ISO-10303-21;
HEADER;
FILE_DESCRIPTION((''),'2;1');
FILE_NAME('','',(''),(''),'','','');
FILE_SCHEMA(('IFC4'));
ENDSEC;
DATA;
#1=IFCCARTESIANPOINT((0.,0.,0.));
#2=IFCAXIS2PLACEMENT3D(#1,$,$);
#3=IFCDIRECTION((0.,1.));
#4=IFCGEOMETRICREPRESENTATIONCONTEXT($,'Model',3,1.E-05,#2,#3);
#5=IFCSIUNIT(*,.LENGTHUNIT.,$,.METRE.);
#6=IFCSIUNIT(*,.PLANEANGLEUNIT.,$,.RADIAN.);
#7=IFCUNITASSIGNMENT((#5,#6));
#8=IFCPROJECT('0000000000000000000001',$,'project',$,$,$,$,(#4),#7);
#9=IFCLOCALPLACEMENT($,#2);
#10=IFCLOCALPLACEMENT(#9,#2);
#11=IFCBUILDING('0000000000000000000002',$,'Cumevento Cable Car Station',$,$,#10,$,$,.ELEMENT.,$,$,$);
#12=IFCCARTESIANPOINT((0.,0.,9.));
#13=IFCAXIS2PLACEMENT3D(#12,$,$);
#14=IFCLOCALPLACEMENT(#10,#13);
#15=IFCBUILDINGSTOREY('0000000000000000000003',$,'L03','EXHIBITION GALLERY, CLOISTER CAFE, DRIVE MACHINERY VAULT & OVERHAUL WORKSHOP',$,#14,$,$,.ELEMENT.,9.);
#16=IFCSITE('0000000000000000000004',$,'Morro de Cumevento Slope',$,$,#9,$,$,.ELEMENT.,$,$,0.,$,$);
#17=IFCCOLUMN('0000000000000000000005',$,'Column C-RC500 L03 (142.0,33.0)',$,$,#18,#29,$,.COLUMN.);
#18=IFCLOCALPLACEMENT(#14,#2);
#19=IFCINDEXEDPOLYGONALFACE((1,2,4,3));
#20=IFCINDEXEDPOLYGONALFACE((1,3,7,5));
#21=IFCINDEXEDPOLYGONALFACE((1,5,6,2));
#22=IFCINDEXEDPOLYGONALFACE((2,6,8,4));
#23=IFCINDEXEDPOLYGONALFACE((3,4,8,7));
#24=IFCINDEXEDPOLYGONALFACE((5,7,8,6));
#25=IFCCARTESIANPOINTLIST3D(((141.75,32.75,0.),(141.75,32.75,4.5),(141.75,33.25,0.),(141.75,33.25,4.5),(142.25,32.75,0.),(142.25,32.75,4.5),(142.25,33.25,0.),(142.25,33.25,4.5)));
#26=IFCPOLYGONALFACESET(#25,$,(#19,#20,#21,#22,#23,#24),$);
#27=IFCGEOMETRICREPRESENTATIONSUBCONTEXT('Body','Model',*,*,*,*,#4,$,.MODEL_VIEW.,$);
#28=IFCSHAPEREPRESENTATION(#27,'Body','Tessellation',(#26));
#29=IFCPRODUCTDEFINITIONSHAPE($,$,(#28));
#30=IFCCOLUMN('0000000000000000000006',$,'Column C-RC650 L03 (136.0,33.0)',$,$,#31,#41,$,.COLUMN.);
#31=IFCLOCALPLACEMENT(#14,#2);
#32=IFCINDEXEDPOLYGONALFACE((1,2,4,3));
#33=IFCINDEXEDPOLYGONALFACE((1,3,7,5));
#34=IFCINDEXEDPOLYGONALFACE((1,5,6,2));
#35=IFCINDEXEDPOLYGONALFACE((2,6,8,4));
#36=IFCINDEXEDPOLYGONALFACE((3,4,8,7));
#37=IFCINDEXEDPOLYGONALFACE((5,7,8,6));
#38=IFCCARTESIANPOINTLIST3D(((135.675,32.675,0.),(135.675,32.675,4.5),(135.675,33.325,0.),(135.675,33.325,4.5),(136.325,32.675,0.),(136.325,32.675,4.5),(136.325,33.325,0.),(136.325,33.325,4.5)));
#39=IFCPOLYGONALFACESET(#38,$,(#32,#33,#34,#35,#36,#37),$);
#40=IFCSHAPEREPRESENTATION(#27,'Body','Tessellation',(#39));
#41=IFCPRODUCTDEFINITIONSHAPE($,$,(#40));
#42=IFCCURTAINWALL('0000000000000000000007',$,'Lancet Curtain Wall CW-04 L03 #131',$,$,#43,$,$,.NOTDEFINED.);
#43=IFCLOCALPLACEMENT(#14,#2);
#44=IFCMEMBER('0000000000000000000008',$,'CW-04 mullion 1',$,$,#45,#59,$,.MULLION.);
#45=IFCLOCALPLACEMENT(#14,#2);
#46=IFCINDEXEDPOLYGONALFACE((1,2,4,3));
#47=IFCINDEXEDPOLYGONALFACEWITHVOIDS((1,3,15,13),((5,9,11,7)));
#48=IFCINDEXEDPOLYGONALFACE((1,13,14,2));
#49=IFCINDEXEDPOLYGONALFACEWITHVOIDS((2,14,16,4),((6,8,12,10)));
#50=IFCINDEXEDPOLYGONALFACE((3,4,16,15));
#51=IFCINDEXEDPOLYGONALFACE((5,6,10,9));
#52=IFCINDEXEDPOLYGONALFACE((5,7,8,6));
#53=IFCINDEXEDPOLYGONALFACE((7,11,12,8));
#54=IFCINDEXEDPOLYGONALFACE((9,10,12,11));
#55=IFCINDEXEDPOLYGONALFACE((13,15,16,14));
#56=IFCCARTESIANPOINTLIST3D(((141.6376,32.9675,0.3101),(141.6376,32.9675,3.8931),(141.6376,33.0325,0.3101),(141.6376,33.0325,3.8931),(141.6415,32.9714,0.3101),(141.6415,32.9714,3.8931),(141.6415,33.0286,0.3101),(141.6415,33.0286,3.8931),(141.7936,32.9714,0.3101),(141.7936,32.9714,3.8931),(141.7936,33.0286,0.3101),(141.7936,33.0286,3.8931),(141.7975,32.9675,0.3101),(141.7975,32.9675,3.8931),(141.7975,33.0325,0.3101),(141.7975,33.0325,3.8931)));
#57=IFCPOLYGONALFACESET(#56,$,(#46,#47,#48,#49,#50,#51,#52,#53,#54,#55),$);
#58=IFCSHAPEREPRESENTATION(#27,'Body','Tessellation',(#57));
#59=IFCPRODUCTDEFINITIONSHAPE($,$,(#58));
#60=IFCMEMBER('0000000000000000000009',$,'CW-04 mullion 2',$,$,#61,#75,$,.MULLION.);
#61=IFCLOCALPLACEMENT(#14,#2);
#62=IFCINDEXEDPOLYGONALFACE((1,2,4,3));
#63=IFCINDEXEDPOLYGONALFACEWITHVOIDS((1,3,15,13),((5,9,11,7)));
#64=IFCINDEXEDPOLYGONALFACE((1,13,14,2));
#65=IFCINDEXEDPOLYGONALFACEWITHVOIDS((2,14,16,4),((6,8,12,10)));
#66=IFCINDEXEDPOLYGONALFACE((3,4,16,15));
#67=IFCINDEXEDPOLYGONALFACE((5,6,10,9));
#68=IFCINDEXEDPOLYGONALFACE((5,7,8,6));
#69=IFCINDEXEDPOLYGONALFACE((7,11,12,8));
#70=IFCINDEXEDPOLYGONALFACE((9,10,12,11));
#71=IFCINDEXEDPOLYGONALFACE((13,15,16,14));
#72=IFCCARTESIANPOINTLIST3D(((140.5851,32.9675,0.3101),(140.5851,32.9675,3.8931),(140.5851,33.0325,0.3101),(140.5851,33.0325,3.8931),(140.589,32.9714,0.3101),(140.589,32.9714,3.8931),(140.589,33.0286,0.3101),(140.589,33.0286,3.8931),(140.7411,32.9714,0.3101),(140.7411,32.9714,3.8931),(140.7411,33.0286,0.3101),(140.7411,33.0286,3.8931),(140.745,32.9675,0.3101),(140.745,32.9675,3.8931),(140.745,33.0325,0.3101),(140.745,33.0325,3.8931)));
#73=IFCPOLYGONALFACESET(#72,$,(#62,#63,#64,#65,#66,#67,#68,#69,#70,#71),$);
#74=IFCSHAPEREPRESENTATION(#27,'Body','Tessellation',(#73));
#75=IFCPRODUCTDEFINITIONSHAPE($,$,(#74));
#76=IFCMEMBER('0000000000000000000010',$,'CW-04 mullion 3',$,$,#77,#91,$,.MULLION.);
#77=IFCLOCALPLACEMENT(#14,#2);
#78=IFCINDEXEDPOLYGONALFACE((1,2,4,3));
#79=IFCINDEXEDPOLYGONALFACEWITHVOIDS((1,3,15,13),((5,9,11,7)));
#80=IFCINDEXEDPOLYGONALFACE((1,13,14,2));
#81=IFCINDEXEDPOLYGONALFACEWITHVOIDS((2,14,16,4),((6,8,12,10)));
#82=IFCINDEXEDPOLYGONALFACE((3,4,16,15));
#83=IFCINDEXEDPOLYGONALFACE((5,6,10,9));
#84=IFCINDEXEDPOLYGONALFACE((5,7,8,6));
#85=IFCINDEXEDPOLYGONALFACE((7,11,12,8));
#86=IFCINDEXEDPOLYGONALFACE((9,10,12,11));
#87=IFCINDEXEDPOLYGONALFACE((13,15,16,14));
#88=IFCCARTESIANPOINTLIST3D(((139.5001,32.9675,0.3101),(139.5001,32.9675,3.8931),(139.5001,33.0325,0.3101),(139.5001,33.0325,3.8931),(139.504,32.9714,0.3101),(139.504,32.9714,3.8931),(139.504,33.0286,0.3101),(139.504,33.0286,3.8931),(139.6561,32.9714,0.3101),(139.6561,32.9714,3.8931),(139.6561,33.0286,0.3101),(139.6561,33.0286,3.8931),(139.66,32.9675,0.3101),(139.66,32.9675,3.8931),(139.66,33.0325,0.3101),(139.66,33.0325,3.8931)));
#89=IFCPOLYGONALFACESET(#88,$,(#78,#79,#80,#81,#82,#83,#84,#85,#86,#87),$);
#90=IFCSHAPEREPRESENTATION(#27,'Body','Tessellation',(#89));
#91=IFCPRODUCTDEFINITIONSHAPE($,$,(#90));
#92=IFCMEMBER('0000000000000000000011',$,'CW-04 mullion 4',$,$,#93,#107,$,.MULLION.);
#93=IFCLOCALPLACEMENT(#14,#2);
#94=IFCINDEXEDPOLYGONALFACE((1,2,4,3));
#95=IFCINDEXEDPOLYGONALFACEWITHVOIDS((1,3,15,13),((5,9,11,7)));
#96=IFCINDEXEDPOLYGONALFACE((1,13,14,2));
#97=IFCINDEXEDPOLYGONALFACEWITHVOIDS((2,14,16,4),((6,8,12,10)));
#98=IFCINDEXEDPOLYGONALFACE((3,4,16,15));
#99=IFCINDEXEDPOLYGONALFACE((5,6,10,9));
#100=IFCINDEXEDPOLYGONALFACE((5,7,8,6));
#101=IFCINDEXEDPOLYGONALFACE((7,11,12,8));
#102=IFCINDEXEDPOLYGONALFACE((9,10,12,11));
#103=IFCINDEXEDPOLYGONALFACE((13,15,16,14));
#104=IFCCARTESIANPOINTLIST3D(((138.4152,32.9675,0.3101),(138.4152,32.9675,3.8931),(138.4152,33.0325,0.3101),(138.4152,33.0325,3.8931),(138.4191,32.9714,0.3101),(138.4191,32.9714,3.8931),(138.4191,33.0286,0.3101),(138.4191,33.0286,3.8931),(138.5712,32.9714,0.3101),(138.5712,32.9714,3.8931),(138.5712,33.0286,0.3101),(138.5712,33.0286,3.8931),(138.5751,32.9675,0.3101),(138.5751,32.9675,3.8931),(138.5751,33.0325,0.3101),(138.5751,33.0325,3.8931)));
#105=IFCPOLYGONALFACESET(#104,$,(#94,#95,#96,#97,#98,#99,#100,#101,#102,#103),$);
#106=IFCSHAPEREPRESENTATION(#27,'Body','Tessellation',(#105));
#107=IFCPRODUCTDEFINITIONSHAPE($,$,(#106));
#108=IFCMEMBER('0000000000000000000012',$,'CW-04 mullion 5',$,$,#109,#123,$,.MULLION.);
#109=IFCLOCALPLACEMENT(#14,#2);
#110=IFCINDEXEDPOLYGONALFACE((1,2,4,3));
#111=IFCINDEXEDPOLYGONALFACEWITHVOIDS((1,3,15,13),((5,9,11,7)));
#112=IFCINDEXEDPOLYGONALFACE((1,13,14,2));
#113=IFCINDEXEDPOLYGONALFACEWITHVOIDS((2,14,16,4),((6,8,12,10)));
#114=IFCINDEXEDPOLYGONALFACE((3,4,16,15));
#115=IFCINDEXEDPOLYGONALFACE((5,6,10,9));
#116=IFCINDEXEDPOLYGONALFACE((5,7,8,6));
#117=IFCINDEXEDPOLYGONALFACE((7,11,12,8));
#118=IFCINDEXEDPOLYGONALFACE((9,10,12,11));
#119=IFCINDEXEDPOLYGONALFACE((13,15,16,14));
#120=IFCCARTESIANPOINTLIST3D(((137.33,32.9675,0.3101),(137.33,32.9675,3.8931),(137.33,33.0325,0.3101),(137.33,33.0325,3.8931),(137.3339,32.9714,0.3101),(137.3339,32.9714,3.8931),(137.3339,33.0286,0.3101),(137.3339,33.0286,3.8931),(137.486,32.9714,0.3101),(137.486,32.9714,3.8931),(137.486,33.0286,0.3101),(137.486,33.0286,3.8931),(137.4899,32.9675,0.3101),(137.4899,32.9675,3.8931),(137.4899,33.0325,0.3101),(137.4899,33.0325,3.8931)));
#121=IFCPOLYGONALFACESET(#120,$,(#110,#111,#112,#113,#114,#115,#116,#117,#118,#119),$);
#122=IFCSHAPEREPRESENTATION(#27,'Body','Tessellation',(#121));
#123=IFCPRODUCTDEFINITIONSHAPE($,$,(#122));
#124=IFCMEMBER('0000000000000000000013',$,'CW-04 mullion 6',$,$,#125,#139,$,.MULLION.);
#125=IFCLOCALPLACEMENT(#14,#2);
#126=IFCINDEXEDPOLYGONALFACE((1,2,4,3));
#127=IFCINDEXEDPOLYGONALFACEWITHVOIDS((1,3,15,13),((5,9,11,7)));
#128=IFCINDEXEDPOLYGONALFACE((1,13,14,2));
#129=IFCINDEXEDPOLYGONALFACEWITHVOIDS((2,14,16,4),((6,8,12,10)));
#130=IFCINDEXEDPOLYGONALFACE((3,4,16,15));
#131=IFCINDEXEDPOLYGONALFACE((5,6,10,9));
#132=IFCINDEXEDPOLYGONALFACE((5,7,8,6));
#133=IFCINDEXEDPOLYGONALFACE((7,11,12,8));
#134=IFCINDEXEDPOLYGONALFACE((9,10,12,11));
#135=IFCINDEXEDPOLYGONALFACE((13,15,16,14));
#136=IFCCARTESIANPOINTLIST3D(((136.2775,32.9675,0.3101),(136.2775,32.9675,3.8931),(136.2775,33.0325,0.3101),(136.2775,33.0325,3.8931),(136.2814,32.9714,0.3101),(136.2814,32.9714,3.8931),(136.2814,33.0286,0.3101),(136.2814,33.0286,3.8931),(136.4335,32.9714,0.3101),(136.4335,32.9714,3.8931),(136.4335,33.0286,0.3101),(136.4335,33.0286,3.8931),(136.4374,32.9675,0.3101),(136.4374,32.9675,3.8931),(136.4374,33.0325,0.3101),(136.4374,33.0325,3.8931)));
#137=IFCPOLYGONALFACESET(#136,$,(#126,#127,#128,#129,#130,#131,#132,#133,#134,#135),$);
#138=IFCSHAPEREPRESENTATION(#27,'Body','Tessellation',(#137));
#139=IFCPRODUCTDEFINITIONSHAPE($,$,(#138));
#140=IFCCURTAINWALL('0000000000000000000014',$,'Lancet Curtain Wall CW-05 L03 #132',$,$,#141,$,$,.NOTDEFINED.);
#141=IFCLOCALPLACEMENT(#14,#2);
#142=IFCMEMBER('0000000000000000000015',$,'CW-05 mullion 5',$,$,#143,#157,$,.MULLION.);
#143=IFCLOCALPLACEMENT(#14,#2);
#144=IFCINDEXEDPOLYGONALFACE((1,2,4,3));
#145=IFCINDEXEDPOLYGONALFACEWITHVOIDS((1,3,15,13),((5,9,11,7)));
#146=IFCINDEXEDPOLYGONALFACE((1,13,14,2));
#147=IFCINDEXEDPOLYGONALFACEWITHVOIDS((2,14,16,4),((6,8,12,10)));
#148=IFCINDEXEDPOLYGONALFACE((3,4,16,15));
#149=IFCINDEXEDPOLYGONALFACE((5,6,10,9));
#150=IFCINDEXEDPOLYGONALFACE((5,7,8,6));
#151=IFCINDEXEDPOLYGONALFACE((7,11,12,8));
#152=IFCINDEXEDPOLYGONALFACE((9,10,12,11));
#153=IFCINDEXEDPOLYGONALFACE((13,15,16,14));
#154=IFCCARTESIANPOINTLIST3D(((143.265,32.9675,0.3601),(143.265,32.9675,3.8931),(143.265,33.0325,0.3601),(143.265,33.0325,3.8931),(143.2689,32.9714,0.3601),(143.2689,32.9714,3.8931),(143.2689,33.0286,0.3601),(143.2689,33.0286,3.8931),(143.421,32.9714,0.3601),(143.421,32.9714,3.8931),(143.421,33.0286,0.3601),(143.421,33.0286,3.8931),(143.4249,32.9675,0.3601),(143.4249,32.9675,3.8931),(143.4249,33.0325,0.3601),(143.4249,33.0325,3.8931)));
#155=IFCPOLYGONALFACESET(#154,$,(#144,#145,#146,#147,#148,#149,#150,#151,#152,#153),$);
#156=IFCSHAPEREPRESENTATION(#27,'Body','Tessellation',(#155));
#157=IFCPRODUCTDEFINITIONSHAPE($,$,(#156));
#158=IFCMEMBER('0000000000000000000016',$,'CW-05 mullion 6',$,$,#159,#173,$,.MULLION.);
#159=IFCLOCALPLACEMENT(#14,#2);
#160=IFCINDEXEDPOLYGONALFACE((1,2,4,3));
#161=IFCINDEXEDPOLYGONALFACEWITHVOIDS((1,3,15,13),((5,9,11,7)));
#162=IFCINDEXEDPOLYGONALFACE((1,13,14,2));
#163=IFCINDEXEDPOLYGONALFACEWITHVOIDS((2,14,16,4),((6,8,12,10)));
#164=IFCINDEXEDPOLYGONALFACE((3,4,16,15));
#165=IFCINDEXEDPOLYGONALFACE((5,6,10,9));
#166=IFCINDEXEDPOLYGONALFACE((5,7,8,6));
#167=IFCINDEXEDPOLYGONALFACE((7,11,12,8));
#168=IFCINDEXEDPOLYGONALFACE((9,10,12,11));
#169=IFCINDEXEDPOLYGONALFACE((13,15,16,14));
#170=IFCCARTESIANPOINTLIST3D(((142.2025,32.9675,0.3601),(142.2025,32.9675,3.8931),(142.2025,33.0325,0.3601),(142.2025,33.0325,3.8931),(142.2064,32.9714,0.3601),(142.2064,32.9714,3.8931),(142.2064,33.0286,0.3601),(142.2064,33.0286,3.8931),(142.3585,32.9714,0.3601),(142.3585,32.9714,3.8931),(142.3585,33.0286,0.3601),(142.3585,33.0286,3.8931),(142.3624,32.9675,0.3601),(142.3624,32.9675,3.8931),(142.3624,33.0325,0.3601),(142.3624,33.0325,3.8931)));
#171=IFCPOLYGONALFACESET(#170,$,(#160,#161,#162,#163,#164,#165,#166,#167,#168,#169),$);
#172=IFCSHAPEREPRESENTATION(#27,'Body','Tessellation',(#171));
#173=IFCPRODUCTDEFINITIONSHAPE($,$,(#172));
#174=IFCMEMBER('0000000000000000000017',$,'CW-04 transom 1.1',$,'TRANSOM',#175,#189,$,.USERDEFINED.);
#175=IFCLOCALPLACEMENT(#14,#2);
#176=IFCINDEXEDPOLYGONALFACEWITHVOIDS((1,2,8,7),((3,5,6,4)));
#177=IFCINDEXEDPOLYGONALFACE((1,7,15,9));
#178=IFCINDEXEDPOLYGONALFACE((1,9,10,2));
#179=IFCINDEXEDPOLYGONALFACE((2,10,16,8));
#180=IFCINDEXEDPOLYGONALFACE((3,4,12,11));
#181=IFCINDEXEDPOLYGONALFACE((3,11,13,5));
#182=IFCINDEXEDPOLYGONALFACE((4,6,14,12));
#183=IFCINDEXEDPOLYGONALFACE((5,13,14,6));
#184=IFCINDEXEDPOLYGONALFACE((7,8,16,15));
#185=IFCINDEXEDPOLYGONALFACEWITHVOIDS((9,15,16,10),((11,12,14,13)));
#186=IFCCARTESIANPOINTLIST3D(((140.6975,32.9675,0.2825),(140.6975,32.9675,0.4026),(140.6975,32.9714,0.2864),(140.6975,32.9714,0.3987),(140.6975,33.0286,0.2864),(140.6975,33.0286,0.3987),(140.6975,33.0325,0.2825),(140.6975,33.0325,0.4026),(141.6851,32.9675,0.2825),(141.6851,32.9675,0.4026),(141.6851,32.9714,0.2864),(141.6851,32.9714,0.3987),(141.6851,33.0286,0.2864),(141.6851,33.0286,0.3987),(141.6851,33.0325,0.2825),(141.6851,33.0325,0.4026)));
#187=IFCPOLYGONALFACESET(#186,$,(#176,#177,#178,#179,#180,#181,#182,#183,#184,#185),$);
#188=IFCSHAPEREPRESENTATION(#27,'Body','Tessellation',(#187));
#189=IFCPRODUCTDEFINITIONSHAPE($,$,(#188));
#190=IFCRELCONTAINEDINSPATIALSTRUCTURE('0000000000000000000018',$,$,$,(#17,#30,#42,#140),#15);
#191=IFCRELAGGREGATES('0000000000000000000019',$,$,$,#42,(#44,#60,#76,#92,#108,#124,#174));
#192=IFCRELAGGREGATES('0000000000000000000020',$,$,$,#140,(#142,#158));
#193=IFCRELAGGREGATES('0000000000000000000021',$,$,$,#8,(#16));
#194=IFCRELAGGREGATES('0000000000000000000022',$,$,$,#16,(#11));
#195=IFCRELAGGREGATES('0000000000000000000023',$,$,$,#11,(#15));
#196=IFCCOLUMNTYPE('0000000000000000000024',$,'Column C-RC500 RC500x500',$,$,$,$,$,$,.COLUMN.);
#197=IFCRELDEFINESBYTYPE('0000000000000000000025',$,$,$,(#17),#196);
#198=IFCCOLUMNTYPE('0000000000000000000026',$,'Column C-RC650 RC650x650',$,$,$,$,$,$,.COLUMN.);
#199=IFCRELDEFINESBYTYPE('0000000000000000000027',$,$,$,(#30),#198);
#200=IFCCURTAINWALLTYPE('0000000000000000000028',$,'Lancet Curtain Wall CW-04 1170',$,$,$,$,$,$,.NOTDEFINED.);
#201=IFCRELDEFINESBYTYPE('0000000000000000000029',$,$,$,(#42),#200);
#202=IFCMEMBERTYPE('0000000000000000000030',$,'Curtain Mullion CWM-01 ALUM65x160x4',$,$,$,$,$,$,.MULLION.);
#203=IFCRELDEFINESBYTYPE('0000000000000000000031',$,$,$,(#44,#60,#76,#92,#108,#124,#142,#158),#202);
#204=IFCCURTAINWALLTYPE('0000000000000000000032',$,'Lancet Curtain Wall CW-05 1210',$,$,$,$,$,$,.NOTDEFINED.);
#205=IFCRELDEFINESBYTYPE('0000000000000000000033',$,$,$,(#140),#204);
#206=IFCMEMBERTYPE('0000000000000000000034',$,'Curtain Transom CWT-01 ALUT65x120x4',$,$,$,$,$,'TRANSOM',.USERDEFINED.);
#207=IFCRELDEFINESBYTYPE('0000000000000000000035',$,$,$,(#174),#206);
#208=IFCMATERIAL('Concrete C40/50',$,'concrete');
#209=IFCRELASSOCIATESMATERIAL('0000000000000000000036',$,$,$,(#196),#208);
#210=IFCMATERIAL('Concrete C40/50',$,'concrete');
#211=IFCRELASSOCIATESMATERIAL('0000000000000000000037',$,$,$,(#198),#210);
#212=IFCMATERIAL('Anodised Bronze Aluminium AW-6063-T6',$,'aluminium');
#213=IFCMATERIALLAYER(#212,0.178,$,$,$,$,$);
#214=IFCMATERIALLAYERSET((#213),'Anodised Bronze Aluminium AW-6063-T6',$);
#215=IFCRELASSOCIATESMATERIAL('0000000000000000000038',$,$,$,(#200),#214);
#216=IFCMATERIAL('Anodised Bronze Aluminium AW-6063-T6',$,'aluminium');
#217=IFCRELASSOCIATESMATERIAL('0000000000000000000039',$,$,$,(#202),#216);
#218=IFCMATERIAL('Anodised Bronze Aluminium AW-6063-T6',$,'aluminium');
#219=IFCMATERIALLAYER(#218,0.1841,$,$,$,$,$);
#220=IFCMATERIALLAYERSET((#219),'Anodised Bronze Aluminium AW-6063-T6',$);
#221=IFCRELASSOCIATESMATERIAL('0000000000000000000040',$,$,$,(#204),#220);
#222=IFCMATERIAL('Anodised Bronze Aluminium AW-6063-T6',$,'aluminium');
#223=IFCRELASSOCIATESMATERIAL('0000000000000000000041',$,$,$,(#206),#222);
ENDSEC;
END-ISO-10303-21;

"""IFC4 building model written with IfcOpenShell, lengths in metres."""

from ifc_helpers import new_model, si_unit, direction, frame, origin, origin_2d, place, context, subcontext, project, spatial, rectangle, hollow_rectangle, extrude, material, layer, layer_set, material_profile, profile_set, type_object, element, aggregate, save


model = new_model("IFC4")

# Units and contexts
model_context = context("Model", 3, precision=1e-05, world=origin(), true_north=direction((0.0, 1.0)))
body_context = subcontext(model_context, "Body", "Model", "MODEL_VIEW")
ifc_project = project(units=[si_unit("LENGTHUNIT", "METRE"), si_unit("PLANEANGLEUNIT", "RADIAN")], contexts=[model_context])

# Site, building, storey
site_placement = place(None, origin())
site = spatial("IfcSite", under=ifc_project, at=site_placement, Name="Morro de Cumevento Slope", CompositionType="ELEMENT", RefElevation=0.0)
building_placement = place(site_placement, origin())
building = spatial("IfcBuilding", under=site, at=building_placement, Name="Cumevento Cable Car Station", CompositionType="ELEMENT")
storey_placement = place(building_placement, frame((0.0, 0.0, 9.0)))
storey = spatial("IfcBuildingStorey", under=building, at=storey_placement, Name="L03", Description="EXHIBITION GALLERY, CLOISTER CAFE, DRIVE MACHINERY VAULT & OVERHAUL WORKSHOP", CompositionType="ELEMENT", Elevation=9.0)

# Columns
ifc_material_1 = material(Name="Concrete C40/50", Category="concrete")
ifc_material_profile_1 = material_profile(ifc_material_1, rectangle(XDim=0.5, YDim=0.5, at=origin_2d()), Name="RC500x500")
ifc_profile_set_1 = profile_set([ifc_material_profile_1], Name="Concrete C40/50")
column_type_1 = type_object("IfcColumnType", Name="Column C-RC500 RC500x500", PredefinedType="COLUMN", material=ifc_profile_set_1)
column_1_placement = place(storey_placement, frame((142.0, 33.0, 0.0), z_axis=(0.0, 0.0, 1.0), x_axis=(1.0, 0.0, 0.0)))
element("IfcColumn", 1, at=column_1_placement, inside=storey, type_object=column_type_1, Name="Column C-RC500 L03 (142.0,33.0)", PredefinedType="COLUMN", context=body_context, shape_type="SweptSolid", body=[
    extrude(rectangle(XDim=0.5, YDim=0.5, at=origin_2d()), origin(), (0.0, 0.0, 1.0), 4.5),
])
ifc_material_2 = material(Name="Concrete C40/50", Category="concrete")
ifc_material_profile_2 = material_profile(ifc_material_2, rectangle(XDim=0.6499, YDim=0.6499, at=origin_2d()), Name="RC650x650")
ifc_profile_set_2 = profile_set([ifc_material_profile_2], Name="Concrete C40/50")
column_type_2 = type_object("IfcColumnType", Name="Column C-RC650 RC650x650", PredefinedType="COLUMN", material=ifc_profile_set_2)
column_2_placement = place(storey_placement, frame((136.0, 33.0, 0.0), z_axis=(0.0, 0.0, 1.0), x_axis=(1.0, 0.0, 0.0)))
element("IfcColumn", 2, at=column_2_placement, inside=storey, type_object=column_type_2, Name="Column C-RC650 L03 (136.0,33.0)", PredefinedType="COLUMN", context=body_context, shape_type="SweptSolid", body=[
    extrude(rectangle(XDim=0.6499, YDim=0.6499, at=origin_2d()), origin(), (0.0, 0.0, 1.0), 4.5),
])

# Curtain walls, members
ifc_material_3 = material(Name="Anodised Bronze Aluminium AW-6063-T6", Category="aluminium")
ifc_layer_1 = layer(ifc_material_3, 0.178)
ifc_layer_set_1 = layer_set([ifc_layer_1], Name="Anodised Bronze Aluminium AW-6063-T6")
curtain_wall_type_1 = type_object("IfcCurtainWallType", Name="Lancet Curtain Wall CW-04 1170", PredefinedType="NOTDEFINED", material=ifc_layer_set_1)
curtain_wall_1_placement = place(storey_placement, origin())
curtain_wall_1 = element("IfcCurtainWall", 3, at=curtain_wall_1_placement, inside=storey, type_object=curtain_wall_type_1, Name="Lancet Curtain Wall CW-04 L03 #131", PredefinedType="NOTDEFINED")
ifc_material_4 = material(Name="Anodised Bronze Aluminium AW-6063-T6", Category="aluminium")
ifc_material_profile_3 = material_profile(ifc_material_4, hollow_rectangle(XDim=0.0649, YDim=0.1599, WallThickness=0.0039, at=origin_2d()), Name="ALUM65x160x4")
ifc_profile_set_3 = profile_set([ifc_material_profile_3], Name="Anodised Bronze Aluminium AW-6063-T6")
member_type_1 = type_object("IfcMemberType", Name="Curtain Mullion CWM-01 ALUM65x160x4", PredefinedType="MULLION", material=ifc_profile_set_3)
member_1_placement = place(storey_placement, frame((141.7175, 33.0, 0.3101), z_axis=(0.0, 0.0, 1.0), x_axis=(0.0, -1.0, 0.0)))
member_1 = element("IfcMember", 4, at=member_1_placement, type_object=member_type_1, Name="CW-04 mullion 1", PredefinedType="MULLION", context=body_context, shape_type="SweptSolid", body=[
    extrude(hollow_rectangle(XDim=0.0649, YDim=0.1599, WallThickness=0.0039, at=origin_2d()), origin(), (0.0, 0.0, 1.0), 3.583),
])
member_2_placement = place(storey_placement, frame((140.665, 33.0, 0.3101), z_axis=(0.0, 0.0, 1.0), x_axis=(0.0, -1.0, 0.0)))
member_2 = element("IfcMember", 5, at=member_2_placement, type_object=member_type_1, Name="CW-04 mullion 2", PredefinedType="MULLION", context=body_context, shape_type="SweptSolid", body=[
    extrude(hollow_rectangle(XDim=0.0649, YDim=0.1599, WallThickness=0.0039, at=origin_2d()), origin(), (0.0, 0.0, 1.0), 3.583),
])
member_3_placement = place(storey_placement, frame((139.5801, 33.0, 0.3101), z_axis=(0.0, 0.0, 1.0), x_axis=(0.0, -1.0, 0.0)))
member_3 = element("IfcMember", 6, at=member_3_placement, type_object=member_type_1, Name="CW-04 mullion 3", PredefinedType="MULLION", context=body_context, shape_type="SweptSolid", body=[
    extrude(hollow_rectangle(XDim=0.0649, YDim=0.1599, WallThickness=0.0039, at=origin_2d()), origin(), (0.0, 0.0, 1.0), 3.583),
])
member_4_placement = place(storey_placement, frame((138.4951, 33.0, 0.3101), z_axis=(0.0, 0.0, 1.0), x_axis=(0.0, -1.0, 0.0)))
member_4 = element("IfcMember", 7, at=member_4_placement, type_object=member_type_1, Name="CW-04 mullion 4", PredefinedType="MULLION", context=body_context, shape_type="SweptSolid", body=[
    extrude(hollow_rectangle(XDim=0.0649, YDim=0.1599, WallThickness=0.0039, at=origin_2d()), origin(), (0.0, 0.0, 1.0), 3.583),
])
member_5_placement = place(storey_placement, frame((137.4099, 33.0, 0.3101), z_axis=(0.0, 0.0, 1.0), x_axis=(0.0, -1.0, 0.0)))
member_5 = element("IfcMember", 8, at=member_5_placement, type_object=member_type_1, Name="CW-04 mullion 5", PredefinedType="MULLION", context=body_context, shape_type="SweptSolid", body=[
    extrude(hollow_rectangle(XDim=0.0649, YDim=0.1599, WallThickness=0.0039, at=origin_2d()), origin(), (0.0, 0.0, 1.0), 3.583),
])
member_6_placement = place(storey_placement, frame((136.3574, 33.0, 0.3101), z_axis=(0.0, 0.0, 1.0), x_axis=(0.0, -1.0, 0.0)))
member_6 = element("IfcMember", 9, at=member_6_placement, type_object=member_type_1, Name="CW-04 mullion 6", PredefinedType="MULLION", context=body_context, shape_type="SweptSolid", body=[
    extrude(hollow_rectangle(XDim=0.0649, YDim=0.1599, WallThickness=0.0039, at=origin_2d()), origin(), (0.0, 0.0, 1.0), 3.583),
])
ifc_material_5 = material(Name="Anodised Bronze Aluminium AW-6063-T6", Category="aluminium")
ifc_layer_2 = layer(ifc_material_5, 0.1841)
ifc_layer_set_2 = layer_set([ifc_layer_2], Name="Anodised Bronze Aluminium AW-6063-T6")
curtain_wall_type_2 = type_object("IfcCurtainWallType", Name="Lancet Curtain Wall CW-05 1210", PredefinedType="NOTDEFINED", material=ifc_layer_set_2)
curtain_wall_2_placement = place(storey_placement, origin())
curtain_wall_2 = element("IfcCurtainWall", 10, at=curtain_wall_2_placement, inside=storey, type_object=curtain_wall_type_2, Name="Lancet Curtain Wall CW-05 L03 #132", PredefinedType="NOTDEFINED")
member_7_placement = place(storey_placement, frame((143.345, 33.0, 0.3601), z_axis=(0.0, 0.0, 1.0), x_axis=(0.0, -1.0, 0.0)))
member_7 = element("IfcMember", 11, at=member_7_placement, type_object=member_type_1, Name="CW-05 mullion 5", PredefinedType="MULLION", context=body_context, shape_type="SweptSolid", body=[
    extrude(hollow_rectangle(XDim=0.0649, YDim=0.1599, WallThickness=0.0039, at=origin_2d()), origin(), (0.0, 0.0, 1.0), 3.533),
])
member_8_placement = place(storey_placement, frame((142.2825, 33.0, 0.3601), z_axis=(0.0, 0.0, 1.0), x_axis=(0.0, -1.0, 0.0)))
member_8 = element("IfcMember", 12, at=member_8_placement, type_object=member_type_1, Name="CW-05 mullion 6", PredefinedType="MULLION", context=body_context, shape_type="SweptSolid", body=[
    extrude(hollow_rectangle(XDim=0.0649, YDim=0.1599, WallThickness=0.0039, at=origin_2d()), origin(), (0.0, 0.0, 1.0), 3.533),
])

# Member
ifc_material_6 = material(Name="Anodised Bronze Aluminium AW-6063-T6", Category="aluminium")
ifc_material_profile_4 = material_profile(ifc_material_6, hollow_rectangle(XDim=0.0649, YDim=0.1201, WallThickness=0.0039, at=origin_2d()), Name="ALUT65x120x4")
ifc_profile_set_4 = profile_set([ifc_material_profile_4], Name="Anodised Bronze Aluminium AW-6063-T6")
member_type_2 = type_object("IfcMemberType", Name="Curtain Transom CWT-01 ALUT65x120x4", ElementType="TRANSOM", PredefinedType="USERDEFINED", material=ifc_profile_set_4)
member_9_placement = place(storey_placement, frame((141.6851, 33.0, 0.3425), z_axis=(-1.0, 0.0, 0.0), x_axis=(0.0, -1.0, 0.0)))
member_9 = element("IfcMember", 13, at=member_9_placement, type_object=member_type_2, Name="CW-04 transom 1.1", ObjectType="TRANSOM", PredefinedType="USERDEFINED", context=body_context, shape_type="SweptSolid", body=[
    extrude(hollow_rectangle(XDim=0.0649, YDim=0.1201, WallThickness=0.0039, at=origin_2d()), origin(), (0.0, 0.0, 1.0), 0.9875),
])

aggregate(curtain_wall_1, [member_1, member_2, member_3, member_4, member_5, member_6, member_9])
aggregate(curtain_wall_2, [member_7, member_8])

save(model, "model.ifc")
